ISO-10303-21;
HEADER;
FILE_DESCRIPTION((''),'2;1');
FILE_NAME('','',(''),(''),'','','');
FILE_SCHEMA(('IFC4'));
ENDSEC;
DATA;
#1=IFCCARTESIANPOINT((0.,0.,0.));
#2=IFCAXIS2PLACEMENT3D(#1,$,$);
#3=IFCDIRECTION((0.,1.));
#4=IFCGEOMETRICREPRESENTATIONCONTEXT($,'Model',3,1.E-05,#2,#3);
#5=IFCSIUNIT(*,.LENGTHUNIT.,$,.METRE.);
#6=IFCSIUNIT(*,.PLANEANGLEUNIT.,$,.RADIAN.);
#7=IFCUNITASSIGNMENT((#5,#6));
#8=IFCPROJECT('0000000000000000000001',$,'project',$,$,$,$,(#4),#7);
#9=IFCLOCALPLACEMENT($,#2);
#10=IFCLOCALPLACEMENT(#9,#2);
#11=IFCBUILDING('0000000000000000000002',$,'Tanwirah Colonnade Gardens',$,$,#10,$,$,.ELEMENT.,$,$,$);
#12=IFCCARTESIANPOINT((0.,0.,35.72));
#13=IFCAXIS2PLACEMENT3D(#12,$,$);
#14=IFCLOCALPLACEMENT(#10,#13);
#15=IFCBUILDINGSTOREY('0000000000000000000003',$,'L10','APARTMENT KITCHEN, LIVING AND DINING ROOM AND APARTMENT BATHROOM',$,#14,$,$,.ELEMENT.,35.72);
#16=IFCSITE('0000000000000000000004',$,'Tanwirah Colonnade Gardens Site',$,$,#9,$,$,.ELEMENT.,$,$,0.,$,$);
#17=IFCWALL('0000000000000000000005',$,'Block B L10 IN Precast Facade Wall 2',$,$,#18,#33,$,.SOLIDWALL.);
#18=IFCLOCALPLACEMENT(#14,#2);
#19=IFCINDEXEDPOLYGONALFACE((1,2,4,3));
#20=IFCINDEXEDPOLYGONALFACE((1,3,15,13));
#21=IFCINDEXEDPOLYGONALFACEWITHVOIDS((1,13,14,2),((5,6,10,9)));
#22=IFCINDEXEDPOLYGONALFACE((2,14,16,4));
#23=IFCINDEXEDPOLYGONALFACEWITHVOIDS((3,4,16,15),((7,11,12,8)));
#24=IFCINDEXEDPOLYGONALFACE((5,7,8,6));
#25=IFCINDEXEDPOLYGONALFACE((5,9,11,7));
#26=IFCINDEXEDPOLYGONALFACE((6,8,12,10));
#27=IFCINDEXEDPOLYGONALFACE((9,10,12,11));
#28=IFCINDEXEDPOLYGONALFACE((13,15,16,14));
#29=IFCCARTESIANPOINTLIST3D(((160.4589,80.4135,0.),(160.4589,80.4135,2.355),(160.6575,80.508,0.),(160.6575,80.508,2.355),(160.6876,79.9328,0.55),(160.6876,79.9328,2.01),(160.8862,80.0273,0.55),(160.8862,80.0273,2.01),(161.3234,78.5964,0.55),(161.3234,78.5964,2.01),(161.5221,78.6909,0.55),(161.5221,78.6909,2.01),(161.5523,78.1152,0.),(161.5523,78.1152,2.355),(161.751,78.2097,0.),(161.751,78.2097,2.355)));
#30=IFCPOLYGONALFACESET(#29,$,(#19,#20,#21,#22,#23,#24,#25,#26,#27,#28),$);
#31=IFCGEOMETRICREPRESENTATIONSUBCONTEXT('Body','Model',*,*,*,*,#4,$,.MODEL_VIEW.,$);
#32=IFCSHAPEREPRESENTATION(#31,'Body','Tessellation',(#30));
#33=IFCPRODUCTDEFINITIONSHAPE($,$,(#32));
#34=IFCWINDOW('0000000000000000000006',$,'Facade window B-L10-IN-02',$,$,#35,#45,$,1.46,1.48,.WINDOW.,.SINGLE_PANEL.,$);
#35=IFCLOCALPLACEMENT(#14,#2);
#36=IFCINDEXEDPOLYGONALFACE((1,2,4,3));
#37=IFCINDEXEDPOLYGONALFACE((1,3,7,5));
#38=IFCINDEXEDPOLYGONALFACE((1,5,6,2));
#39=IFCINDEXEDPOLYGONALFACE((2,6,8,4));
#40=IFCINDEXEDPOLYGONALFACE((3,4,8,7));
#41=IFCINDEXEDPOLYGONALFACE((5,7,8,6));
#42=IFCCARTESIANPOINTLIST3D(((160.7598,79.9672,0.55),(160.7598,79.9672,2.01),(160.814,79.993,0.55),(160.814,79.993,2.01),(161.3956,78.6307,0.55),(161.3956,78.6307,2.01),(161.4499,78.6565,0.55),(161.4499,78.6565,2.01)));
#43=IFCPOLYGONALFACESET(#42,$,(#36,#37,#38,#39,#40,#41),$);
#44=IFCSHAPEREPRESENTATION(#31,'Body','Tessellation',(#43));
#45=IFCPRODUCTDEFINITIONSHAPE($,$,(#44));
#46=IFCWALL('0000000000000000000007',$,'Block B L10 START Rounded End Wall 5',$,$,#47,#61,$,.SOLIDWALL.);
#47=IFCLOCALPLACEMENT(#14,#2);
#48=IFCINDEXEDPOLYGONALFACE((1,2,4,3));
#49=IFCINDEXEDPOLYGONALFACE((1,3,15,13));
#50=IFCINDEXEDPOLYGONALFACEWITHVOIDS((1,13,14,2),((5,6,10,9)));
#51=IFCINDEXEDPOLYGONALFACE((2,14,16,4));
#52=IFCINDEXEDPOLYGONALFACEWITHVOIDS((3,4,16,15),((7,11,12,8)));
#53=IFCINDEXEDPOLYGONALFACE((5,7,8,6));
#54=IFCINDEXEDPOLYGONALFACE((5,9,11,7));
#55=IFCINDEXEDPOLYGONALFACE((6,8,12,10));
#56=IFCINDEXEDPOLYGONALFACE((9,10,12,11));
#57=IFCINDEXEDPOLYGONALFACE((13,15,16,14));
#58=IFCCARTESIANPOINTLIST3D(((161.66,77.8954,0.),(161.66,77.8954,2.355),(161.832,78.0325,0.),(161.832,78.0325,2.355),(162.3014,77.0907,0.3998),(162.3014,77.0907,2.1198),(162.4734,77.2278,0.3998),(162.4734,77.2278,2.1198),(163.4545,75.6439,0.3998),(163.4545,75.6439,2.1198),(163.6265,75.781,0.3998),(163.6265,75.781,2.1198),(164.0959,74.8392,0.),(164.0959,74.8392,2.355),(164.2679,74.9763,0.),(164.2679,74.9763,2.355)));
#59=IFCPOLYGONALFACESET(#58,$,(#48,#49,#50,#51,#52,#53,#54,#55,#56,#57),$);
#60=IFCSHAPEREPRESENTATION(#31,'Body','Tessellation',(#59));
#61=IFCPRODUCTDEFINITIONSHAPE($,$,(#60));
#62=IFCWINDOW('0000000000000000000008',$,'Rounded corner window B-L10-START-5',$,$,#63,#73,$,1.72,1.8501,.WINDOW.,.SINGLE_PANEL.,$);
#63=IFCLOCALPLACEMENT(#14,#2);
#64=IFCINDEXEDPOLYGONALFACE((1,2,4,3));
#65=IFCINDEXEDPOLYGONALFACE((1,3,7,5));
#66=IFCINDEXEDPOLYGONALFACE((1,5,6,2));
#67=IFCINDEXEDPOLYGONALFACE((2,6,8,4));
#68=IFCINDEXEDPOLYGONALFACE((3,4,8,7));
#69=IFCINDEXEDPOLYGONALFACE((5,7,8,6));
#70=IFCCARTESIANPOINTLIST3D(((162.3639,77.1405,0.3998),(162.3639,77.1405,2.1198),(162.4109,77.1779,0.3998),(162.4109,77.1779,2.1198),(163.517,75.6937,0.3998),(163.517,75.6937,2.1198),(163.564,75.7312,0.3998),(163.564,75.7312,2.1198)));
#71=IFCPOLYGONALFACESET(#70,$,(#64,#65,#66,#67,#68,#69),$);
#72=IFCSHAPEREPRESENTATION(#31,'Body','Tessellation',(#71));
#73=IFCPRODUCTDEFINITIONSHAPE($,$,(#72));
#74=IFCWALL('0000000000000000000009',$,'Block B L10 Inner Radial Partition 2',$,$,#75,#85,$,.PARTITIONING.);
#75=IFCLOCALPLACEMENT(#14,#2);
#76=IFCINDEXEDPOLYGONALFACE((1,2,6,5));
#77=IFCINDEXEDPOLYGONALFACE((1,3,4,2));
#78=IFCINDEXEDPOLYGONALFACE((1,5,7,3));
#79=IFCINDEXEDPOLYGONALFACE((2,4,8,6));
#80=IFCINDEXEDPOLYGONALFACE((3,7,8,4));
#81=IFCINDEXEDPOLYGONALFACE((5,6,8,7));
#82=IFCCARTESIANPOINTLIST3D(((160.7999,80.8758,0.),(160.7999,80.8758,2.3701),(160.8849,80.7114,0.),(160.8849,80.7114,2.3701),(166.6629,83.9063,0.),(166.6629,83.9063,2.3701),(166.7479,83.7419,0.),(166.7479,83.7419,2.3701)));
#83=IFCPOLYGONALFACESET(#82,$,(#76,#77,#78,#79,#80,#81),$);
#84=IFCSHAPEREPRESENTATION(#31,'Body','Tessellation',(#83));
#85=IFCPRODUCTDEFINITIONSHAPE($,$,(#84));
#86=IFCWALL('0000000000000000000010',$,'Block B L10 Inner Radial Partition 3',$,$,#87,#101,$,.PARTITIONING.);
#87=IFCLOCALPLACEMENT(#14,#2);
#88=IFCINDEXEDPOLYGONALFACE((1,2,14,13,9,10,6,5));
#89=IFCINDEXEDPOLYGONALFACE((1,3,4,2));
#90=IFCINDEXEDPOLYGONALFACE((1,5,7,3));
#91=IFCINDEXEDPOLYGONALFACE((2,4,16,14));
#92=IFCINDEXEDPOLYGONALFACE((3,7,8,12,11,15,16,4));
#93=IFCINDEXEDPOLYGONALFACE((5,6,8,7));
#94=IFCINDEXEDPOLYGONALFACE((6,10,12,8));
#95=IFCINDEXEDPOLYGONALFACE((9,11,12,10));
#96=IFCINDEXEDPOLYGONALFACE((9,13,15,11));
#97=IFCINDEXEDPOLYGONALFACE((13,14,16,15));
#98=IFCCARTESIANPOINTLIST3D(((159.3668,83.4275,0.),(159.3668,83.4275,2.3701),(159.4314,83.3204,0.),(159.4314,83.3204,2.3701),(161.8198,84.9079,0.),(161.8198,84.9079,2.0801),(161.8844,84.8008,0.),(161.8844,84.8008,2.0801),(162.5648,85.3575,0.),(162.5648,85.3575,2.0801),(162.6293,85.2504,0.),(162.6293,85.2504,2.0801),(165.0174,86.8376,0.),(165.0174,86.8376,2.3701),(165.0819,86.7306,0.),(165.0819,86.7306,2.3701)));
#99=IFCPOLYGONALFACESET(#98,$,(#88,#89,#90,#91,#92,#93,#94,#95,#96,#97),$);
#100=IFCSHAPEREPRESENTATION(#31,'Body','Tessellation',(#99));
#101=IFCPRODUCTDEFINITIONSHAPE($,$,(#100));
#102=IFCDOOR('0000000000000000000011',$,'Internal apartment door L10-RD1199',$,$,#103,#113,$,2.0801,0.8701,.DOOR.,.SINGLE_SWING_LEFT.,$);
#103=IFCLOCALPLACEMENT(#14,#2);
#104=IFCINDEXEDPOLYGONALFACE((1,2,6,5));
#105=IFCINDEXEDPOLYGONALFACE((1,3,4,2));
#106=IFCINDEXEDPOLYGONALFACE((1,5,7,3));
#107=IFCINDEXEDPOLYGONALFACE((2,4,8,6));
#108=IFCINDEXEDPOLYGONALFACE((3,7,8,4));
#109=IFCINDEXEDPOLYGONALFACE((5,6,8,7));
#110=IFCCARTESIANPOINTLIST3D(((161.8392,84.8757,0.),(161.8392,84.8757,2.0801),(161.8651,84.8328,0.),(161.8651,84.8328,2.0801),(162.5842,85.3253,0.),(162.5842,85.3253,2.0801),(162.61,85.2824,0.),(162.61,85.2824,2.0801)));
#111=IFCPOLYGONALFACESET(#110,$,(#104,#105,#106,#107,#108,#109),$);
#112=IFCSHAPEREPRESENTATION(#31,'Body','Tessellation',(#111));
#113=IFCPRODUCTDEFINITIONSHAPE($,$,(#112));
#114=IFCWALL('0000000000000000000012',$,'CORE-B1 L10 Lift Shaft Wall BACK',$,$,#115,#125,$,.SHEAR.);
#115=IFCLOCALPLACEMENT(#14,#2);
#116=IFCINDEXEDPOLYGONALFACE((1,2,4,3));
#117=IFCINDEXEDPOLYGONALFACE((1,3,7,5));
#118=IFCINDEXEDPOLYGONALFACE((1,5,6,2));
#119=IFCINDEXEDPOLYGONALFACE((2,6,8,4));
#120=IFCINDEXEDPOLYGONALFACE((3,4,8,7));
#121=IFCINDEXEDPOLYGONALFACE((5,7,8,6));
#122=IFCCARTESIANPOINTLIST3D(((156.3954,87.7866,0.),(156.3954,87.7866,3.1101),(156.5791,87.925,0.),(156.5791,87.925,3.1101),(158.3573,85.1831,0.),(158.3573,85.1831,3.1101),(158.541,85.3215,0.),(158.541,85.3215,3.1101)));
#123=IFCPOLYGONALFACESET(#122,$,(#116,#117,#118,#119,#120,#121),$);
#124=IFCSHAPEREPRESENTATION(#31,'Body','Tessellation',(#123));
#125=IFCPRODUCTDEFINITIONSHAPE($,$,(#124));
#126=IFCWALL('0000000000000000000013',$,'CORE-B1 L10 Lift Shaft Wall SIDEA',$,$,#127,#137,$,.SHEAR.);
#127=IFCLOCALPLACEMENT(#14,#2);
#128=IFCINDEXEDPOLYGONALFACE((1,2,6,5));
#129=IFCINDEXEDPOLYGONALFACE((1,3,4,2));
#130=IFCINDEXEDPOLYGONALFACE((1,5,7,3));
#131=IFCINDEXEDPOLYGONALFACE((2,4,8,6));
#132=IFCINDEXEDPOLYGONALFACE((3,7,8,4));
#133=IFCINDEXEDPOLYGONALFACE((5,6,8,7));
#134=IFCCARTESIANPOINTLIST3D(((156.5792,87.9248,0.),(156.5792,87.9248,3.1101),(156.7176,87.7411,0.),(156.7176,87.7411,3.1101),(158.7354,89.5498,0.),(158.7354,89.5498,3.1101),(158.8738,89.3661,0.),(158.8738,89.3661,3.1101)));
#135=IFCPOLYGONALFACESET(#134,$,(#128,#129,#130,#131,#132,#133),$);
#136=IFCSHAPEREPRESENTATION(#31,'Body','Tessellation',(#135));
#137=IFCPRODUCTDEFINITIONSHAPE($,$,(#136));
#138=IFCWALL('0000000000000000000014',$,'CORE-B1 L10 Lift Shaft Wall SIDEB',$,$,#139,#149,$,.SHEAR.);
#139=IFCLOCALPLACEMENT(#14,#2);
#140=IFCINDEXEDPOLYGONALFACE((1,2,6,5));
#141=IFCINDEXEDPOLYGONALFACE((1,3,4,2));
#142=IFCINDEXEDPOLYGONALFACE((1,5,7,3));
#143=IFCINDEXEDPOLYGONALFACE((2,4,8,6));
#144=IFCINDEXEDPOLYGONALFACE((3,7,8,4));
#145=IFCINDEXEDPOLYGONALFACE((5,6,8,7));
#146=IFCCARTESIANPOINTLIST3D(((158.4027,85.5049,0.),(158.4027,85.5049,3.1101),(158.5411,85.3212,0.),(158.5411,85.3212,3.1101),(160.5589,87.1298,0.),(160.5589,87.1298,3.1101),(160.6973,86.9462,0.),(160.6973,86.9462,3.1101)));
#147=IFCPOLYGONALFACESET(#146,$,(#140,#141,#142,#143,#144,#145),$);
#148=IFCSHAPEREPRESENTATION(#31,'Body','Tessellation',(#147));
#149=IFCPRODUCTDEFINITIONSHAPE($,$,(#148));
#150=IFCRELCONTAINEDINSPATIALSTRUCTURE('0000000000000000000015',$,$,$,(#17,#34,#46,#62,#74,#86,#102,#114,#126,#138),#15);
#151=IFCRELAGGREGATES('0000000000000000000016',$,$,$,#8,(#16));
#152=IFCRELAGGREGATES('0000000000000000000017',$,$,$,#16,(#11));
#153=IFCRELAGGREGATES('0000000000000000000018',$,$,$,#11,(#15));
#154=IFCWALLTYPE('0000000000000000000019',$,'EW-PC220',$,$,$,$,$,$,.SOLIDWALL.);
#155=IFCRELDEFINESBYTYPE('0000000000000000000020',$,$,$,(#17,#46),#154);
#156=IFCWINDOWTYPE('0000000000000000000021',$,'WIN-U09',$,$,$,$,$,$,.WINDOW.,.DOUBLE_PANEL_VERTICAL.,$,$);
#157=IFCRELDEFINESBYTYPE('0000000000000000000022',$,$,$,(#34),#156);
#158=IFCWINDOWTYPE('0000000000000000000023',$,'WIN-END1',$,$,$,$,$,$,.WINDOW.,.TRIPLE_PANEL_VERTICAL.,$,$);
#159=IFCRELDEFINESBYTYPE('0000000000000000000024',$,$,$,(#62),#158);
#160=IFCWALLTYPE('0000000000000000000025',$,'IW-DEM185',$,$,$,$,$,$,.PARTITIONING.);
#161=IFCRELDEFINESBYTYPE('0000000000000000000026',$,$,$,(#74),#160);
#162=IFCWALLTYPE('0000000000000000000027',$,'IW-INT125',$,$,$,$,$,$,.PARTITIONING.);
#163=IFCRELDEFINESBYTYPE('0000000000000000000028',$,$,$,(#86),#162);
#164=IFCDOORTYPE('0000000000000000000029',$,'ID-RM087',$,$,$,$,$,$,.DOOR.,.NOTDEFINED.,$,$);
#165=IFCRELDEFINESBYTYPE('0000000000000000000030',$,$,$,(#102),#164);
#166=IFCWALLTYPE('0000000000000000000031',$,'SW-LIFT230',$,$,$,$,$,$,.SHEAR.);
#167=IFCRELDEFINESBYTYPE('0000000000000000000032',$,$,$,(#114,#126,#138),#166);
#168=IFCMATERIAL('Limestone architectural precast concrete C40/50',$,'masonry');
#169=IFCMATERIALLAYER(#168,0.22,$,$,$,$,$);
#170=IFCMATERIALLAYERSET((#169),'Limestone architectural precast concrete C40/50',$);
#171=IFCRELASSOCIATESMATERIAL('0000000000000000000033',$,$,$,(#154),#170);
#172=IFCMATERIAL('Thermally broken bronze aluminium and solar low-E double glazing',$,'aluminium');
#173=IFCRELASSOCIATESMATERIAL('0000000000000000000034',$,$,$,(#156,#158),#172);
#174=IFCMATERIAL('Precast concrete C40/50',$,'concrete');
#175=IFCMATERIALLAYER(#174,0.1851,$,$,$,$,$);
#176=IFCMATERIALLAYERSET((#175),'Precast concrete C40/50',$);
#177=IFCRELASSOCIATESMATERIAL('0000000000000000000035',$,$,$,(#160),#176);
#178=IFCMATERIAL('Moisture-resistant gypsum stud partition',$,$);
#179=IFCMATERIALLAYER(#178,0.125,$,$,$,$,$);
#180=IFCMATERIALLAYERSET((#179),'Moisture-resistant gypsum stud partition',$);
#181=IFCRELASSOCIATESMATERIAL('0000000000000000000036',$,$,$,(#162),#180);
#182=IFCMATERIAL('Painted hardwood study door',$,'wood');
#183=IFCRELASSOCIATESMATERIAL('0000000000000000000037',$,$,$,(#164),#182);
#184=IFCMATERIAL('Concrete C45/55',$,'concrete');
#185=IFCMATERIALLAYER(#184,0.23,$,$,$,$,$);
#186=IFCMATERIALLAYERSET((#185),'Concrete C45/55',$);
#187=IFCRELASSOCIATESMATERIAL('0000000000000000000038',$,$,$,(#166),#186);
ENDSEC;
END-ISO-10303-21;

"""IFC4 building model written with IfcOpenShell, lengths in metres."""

from ifc_helpers import new_model, si_unit, direction, frame, frame_2d, origin, place, context, subcontext, project, spatial, rectangle, extrude, material, layer, layer_set, type_object, element, fill, save


model = new_model("IFC4")

# Units and contexts
model_context = context("Model", 3, precision=1e-05, world=origin(), true_north=direction((0.0, 1.0)))
body_context = subcontext(model_context, "Body", "Model", "MODEL_VIEW")
ifc_project = project(units=[si_unit("LENGTHUNIT", "METRE"), si_unit("PLANEANGLEUNIT", "RADIAN")], contexts=[model_context])

# Site, building, storey
site_placement = place(None, origin())
site = spatial("IfcSite", under=ifc_project, at=site_placement, Name="Tanwirah Colonnade Gardens Site", CompositionType="ELEMENT", RefElevation=0.0)
building_placement = place(site_placement, origin())
building = spatial("IfcBuilding", under=site, at=building_placement, Name="Tanwirah Colonnade Gardens", CompositionType="ELEMENT")
storey_placement = place(building_placement, frame((0.0, 0.0, 35.72)))
storey = spatial("IfcBuildingStorey", under=building, at=storey_placement, Name="L10", Description="APARTMENT KITCHEN, LIVING AND DINING ROOM AND APARTMENT BATHROOM", CompositionType="ELEMENT", Elevation=35.72)

# Shared definitions
ifc_material_1 = material(Name="Precast concrete C40/50", Category="concrete")

# Walls, openings, windows
ifc_material_2 = material(Name="Limestone architectural precast concrete C40/50", Category="masonry")
ifc_layer_1 = layer(ifc_material_2, 0.22)
ifc_layer_set_1 = layer_set([ifc_layer_1], Name="Limestone architectural precast concrete C40/50")
wall_type_1 = type_object("IfcWallType", Name="EW-PC220", PredefinedType="SOLIDWALL", material=ifc_layer_set_1)
wall_1_placement = place(storey_placement, frame((161.6516, 78.1626, 0.0), z_axis=(0.0, 0.0, 1.0), x_axis=(-0.429632, 0.903004, 0.0)))
wall_1 = element("IfcWall", 1, at=wall_1_placement, inside=storey, type_object=wall_type_1, Name="Block B L10 IN Precast Facade Wall 2", PredefinedType="SOLIDWALL", context=body_context, shape_type="SweptSolid", body=[
    extrude(rectangle(XDim=2.5452, YDim=0.22, at=frame_2d((1.2725, 0.0))), origin(), (0.0, 0.0, 1.0), 2.355),
])
opening_1_placement = place(wall_1_placement, frame((0.5327, 0.0, 0.55)))
opening_1 = element("IfcOpeningElement", 2, at=opening_1_placement, cuts=wall_1, PredefinedType="OPENING", context=body_context, shape_type="SweptSolid", body=[
    extrude(rectangle(XDim=1.48, YDim=1.46, at=frame_2d((0.74, 0.73))), frame((0.0, 0.1199, 0.0), z_axis=(0.0, -1.0, 0.0), x_axis=(1.0, 0.0, 0.0)), (0.0, 0.0, 1.0), 0.24),
])
ifc_material_3 = material(Name="Thermally broken bronze aluminium and solar low-E double glazing", Category="aluminium")
window_type_1 = type_object("IfcWindowType", Name="WIN-U09", PartitioningType="DOUBLE_PANEL_VERTICAL", PredefinedType="WINDOW", material=ifc_material_3)
window_1_placement = place(opening_1_placement, origin())
window_1 = element("IfcWindow", 3, at=window_1_placement, inside=storey, type_object=window_type_1, Name="Facade window B-L10-IN-02", OverallHeight=1.46, OverallWidth=1.48, PartitioningType="SINGLE_PANEL", PredefinedType="WINDOW", context=body_context, shape_type="SweptSolid", body=[
    extrude(rectangle(XDim=1.48, YDim=1.46, at=frame_2d((0.74, 0.73))), frame((0.0, 0.03, 0.0), z_axis=(0.0, -1.0, 0.0), x_axis=(1.0, 0.0, 0.0)), (0.0, 0.0, 1.0), 0.0601),
])
fill(opening_1, window_1)
wall_2_placement = place(storey_placement, frame((164.1819, 74.9077, 0.0), z_axis=(0.0, 0.0, 1.0), x_axis=(-0.623269, 0.782007, 0.0)))
wall_2 = element("IfcWall", 4, at=wall_2_placement, inside=storey, type_object=wall_type_1, Name="Block B L10 START Rounded End Wall 5", PredefinedType="SOLIDWALL", context=body_context, shape_type="SweptSolid", body=[
    extrude(rectangle(XDim=3.9082, YDim=0.22, at=frame_2d((1.9541, 0.0))), origin(), (0.0, 0.0, 1.0), 2.355),
])
opening_2_placement = place(wall_2_placement, frame((1.0291, 0.0, 0.3999)))
opening_2 = element("IfcOpeningElement", 5, at=opening_2_placement, cuts=wall_2, PredefinedType="OPENING", context=body_context, shape_type="SweptSolid", body=[
    extrude(rectangle(XDim=1.8501, YDim=1.72, at=frame_2d((0.925, 0.8599))), frame((0.0, 0.1199, 0.0), z_axis=(0.0, -1.0, 0.0), x_axis=(1.0, 0.0, 0.0)), (0.0, 0.0, 1.0), 0.24),
])
window_type_2 = type_object("IfcWindowType", Name="WIN-END1", PartitioningType="TRIPLE_PANEL_VERTICAL", PredefinedType="WINDOW", material=ifc_material_3)
window_2_placement = place(opening_2_placement, origin())
window_2 = element("IfcWindow", 6, at=window_2_placement, inside=storey, type_object=window_type_2, Name="Rounded corner window B-L10-START-5", OverallHeight=1.72, OverallWidth=1.8501, PartitioningType="SINGLE_PANEL", PredefinedType="WINDOW", context=body_context, shape_type="SweptSolid", body=[
    extrude(rectangle(XDim=1.8501, YDim=1.72, at=frame_2d((0.925, 0.8599))), frame((0.0, 0.03, 0.0), z_axis=(0.0, -1.0, 0.0), x_axis=(1.0, 0.0, 0.0)), (0.0, 0.0, 1.0), 0.0601),
])
fill(opening_2, window_2)

# Wall
ifc_layer_2 = layer(ifc_material_1, 0.1851)
ifc_layer_set_2 = layer_set([ifc_layer_2], Name="Precast concrete C40/50")
wall_type_2 = type_object("IfcWallType", Name="IW-DEM185", PredefinedType="PARTITIONING", material=ifc_layer_set_2)
wall_3_placement = place(storey_placement, frame((160.8425, 80.7937, 0.0), z_axis=(0.0, 0.0, 1.0), x_axis=(0.888347, 0.459173, 0.0)))
element("IfcWall", 7, at=wall_3_placement, inside=storey, type_object=wall_type_2, Name="Block B L10 Inner Radial Partition 2", PredefinedType="PARTITIONING", context=body_context, shape_type="SweptSolid", body=[
    extrude(rectangle(XDim=6.5999, YDim=0.1851, at=frame_2d((3.2998, 0.0))), origin(), (0.0, 0.0, 1.0), 2.3701),
])

# Wall, opening, door
ifc_material_4 = material(Name="Moisture-resistant gypsum stud partition")
ifc_layer_3 = layer(ifc_material_4, 0.125)
ifc_layer_set_3 = layer_set([ifc_layer_3], Name="Moisture-resistant gypsum stud partition")
wall_type_3 = type_object("IfcWallType", Name="IW-INT125", PredefinedType="PARTITIONING", material=ifc_layer_set_3)
wall_4_placement = place(storey_placement, frame((159.3992, 83.374, 0.0), z_axis=(0.0, 0.0, 1.0), x_axis=(0.856168, 0.516697, 0.0)))
wall_4 = element("IfcWall", 8, at=wall_4_placement, inside=storey, type_object=wall_type_3, Name="Block B L10 Inner Radial Partition 3", PredefinedType="PARTITIONING", context=body_context, shape_type="SweptSolid", body=[
    extrude(rectangle(XDim=6.5999, YDim=0.125, at=frame_2d((3.2998, 0.0))), origin(), (0.0, 0.0, 1.0), 2.3701),
])
opening_3_placement = place(wall_4_placement, frame((2.865, 0.0, 0.0)))
opening_3 = element("IfcOpeningElement", 9, at=opening_3_placement, cuts=wall_4, PredefinedType="OPENING", context=body_context, shape_type="SweptSolid", body=[
    extrude(rectangle(XDim=0.8701, YDim=2.0801, at=frame_2d((0.4351, 1.04))), frame((0.0, 0.0725, 0.0), z_axis=(0.0, -1.0, 0.0), x_axis=(1.0, 0.0, 0.0)), (0.0, 0.0, 1.0), 0.145),
])
ifc_material_5 = material(Name="Painted hardwood study door", Category="wood")
door_type_1 = type_object("IfcDoorType", Name="ID-RM087", OperationType="NOTDEFINED", PredefinedType="DOOR", material=ifc_material_5)
door_1_placement = place(opening_3_placement, origin())
door_1 = element("IfcDoor", 10, at=door_1_placement, inside=storey, type_object=door_type_1, Name="Internal apartment door L10-RD1199", OperationType="SINGLE_SWING_LEFT", OverallHeight=2.0801, OverallWidth=0.8701, PredefinedType="DOOR", context=body_context, shape_type="SweptSolid", body=[
    extrude(rectangle(XDim=0.8701, YDim=2.0801, at=frame_2d((0.4351, 1.04))), frame((0.0, 0.0249, 0.0), z_axis=(0.0, -1.0, 0.0), x_axis=(1.0, 0.0, 0.0)), (0.0, 0.0, 1.0), 0.05),
])
fill(opening_3, door_1)
ifc_material_6 = material(Name="Concrete C45/55", Category="concrete")
ifc_layer_4 = layer(ifc_material_6, 0.23)
ifc_layer_set_4 = layer_set([ifc_layer_4], Name="Concrete C45/55")
wall_type_4 = type_object("IfcWallType", Name="SW-LIFT230", PredefinedType="SHEAR", material=ifc_layer_set_4)

# Walls
wall_5_placement = place(storey_placement, frame((156.4873, 87.8557, 0.0), z_axis=(0.0, 0.0, 1.0), x_axis=(0.60182, -0.798632, 0.0)))
element("IfcWall", 11, at=wall_5_placement, inside=storey, type_object=wall_type_4, Name="CORE-B1 L10 Lift Shaft Wall BACK", PredefinedType="SHEAR", context=body_context, shape_type="SweptSolid", body=[
    extrude(rectangle(XDim=3.26, YDim=0.23, at=frame_2d((1.6299, 0.0))), origin(), (0.0, 0.0, 1.0), 3.1101),
])
for number, where, z_axis, x_axis, name in (
    (12, (158.8047, 89.458, 0.0), (0.0, 0.0, 1.0), (-0.798609, -0.60185, 0.0), "CORE-B1 L10 Lift Shaft Wall SIDEA"),
    (13, (160.6282, 87.0381, 0.0), (0.0, 0.0, 1.0), (-0.798609, -0.60185, 0.0), "CORE-B1 L10 Lift Shaft Wall SIDEB"),
):
    element("IfcWall", number, at=place(storey_placement, frame(where, z_axis=z_axis, x_axis=x_axis)), inside=storey, type_object=wall_type_4, Name=name, PredefinedType="SHEAR", context=body_context, shape_type="SweptSolid", body=[
        extrude(rectangle(XDim=2.7, YDim=0.23, at=frame_2d((1.3501, 0.0))), origin(), (0.0, 0.0, 1.0), 3.1101),
    ])

save(model, "model.ifc")
